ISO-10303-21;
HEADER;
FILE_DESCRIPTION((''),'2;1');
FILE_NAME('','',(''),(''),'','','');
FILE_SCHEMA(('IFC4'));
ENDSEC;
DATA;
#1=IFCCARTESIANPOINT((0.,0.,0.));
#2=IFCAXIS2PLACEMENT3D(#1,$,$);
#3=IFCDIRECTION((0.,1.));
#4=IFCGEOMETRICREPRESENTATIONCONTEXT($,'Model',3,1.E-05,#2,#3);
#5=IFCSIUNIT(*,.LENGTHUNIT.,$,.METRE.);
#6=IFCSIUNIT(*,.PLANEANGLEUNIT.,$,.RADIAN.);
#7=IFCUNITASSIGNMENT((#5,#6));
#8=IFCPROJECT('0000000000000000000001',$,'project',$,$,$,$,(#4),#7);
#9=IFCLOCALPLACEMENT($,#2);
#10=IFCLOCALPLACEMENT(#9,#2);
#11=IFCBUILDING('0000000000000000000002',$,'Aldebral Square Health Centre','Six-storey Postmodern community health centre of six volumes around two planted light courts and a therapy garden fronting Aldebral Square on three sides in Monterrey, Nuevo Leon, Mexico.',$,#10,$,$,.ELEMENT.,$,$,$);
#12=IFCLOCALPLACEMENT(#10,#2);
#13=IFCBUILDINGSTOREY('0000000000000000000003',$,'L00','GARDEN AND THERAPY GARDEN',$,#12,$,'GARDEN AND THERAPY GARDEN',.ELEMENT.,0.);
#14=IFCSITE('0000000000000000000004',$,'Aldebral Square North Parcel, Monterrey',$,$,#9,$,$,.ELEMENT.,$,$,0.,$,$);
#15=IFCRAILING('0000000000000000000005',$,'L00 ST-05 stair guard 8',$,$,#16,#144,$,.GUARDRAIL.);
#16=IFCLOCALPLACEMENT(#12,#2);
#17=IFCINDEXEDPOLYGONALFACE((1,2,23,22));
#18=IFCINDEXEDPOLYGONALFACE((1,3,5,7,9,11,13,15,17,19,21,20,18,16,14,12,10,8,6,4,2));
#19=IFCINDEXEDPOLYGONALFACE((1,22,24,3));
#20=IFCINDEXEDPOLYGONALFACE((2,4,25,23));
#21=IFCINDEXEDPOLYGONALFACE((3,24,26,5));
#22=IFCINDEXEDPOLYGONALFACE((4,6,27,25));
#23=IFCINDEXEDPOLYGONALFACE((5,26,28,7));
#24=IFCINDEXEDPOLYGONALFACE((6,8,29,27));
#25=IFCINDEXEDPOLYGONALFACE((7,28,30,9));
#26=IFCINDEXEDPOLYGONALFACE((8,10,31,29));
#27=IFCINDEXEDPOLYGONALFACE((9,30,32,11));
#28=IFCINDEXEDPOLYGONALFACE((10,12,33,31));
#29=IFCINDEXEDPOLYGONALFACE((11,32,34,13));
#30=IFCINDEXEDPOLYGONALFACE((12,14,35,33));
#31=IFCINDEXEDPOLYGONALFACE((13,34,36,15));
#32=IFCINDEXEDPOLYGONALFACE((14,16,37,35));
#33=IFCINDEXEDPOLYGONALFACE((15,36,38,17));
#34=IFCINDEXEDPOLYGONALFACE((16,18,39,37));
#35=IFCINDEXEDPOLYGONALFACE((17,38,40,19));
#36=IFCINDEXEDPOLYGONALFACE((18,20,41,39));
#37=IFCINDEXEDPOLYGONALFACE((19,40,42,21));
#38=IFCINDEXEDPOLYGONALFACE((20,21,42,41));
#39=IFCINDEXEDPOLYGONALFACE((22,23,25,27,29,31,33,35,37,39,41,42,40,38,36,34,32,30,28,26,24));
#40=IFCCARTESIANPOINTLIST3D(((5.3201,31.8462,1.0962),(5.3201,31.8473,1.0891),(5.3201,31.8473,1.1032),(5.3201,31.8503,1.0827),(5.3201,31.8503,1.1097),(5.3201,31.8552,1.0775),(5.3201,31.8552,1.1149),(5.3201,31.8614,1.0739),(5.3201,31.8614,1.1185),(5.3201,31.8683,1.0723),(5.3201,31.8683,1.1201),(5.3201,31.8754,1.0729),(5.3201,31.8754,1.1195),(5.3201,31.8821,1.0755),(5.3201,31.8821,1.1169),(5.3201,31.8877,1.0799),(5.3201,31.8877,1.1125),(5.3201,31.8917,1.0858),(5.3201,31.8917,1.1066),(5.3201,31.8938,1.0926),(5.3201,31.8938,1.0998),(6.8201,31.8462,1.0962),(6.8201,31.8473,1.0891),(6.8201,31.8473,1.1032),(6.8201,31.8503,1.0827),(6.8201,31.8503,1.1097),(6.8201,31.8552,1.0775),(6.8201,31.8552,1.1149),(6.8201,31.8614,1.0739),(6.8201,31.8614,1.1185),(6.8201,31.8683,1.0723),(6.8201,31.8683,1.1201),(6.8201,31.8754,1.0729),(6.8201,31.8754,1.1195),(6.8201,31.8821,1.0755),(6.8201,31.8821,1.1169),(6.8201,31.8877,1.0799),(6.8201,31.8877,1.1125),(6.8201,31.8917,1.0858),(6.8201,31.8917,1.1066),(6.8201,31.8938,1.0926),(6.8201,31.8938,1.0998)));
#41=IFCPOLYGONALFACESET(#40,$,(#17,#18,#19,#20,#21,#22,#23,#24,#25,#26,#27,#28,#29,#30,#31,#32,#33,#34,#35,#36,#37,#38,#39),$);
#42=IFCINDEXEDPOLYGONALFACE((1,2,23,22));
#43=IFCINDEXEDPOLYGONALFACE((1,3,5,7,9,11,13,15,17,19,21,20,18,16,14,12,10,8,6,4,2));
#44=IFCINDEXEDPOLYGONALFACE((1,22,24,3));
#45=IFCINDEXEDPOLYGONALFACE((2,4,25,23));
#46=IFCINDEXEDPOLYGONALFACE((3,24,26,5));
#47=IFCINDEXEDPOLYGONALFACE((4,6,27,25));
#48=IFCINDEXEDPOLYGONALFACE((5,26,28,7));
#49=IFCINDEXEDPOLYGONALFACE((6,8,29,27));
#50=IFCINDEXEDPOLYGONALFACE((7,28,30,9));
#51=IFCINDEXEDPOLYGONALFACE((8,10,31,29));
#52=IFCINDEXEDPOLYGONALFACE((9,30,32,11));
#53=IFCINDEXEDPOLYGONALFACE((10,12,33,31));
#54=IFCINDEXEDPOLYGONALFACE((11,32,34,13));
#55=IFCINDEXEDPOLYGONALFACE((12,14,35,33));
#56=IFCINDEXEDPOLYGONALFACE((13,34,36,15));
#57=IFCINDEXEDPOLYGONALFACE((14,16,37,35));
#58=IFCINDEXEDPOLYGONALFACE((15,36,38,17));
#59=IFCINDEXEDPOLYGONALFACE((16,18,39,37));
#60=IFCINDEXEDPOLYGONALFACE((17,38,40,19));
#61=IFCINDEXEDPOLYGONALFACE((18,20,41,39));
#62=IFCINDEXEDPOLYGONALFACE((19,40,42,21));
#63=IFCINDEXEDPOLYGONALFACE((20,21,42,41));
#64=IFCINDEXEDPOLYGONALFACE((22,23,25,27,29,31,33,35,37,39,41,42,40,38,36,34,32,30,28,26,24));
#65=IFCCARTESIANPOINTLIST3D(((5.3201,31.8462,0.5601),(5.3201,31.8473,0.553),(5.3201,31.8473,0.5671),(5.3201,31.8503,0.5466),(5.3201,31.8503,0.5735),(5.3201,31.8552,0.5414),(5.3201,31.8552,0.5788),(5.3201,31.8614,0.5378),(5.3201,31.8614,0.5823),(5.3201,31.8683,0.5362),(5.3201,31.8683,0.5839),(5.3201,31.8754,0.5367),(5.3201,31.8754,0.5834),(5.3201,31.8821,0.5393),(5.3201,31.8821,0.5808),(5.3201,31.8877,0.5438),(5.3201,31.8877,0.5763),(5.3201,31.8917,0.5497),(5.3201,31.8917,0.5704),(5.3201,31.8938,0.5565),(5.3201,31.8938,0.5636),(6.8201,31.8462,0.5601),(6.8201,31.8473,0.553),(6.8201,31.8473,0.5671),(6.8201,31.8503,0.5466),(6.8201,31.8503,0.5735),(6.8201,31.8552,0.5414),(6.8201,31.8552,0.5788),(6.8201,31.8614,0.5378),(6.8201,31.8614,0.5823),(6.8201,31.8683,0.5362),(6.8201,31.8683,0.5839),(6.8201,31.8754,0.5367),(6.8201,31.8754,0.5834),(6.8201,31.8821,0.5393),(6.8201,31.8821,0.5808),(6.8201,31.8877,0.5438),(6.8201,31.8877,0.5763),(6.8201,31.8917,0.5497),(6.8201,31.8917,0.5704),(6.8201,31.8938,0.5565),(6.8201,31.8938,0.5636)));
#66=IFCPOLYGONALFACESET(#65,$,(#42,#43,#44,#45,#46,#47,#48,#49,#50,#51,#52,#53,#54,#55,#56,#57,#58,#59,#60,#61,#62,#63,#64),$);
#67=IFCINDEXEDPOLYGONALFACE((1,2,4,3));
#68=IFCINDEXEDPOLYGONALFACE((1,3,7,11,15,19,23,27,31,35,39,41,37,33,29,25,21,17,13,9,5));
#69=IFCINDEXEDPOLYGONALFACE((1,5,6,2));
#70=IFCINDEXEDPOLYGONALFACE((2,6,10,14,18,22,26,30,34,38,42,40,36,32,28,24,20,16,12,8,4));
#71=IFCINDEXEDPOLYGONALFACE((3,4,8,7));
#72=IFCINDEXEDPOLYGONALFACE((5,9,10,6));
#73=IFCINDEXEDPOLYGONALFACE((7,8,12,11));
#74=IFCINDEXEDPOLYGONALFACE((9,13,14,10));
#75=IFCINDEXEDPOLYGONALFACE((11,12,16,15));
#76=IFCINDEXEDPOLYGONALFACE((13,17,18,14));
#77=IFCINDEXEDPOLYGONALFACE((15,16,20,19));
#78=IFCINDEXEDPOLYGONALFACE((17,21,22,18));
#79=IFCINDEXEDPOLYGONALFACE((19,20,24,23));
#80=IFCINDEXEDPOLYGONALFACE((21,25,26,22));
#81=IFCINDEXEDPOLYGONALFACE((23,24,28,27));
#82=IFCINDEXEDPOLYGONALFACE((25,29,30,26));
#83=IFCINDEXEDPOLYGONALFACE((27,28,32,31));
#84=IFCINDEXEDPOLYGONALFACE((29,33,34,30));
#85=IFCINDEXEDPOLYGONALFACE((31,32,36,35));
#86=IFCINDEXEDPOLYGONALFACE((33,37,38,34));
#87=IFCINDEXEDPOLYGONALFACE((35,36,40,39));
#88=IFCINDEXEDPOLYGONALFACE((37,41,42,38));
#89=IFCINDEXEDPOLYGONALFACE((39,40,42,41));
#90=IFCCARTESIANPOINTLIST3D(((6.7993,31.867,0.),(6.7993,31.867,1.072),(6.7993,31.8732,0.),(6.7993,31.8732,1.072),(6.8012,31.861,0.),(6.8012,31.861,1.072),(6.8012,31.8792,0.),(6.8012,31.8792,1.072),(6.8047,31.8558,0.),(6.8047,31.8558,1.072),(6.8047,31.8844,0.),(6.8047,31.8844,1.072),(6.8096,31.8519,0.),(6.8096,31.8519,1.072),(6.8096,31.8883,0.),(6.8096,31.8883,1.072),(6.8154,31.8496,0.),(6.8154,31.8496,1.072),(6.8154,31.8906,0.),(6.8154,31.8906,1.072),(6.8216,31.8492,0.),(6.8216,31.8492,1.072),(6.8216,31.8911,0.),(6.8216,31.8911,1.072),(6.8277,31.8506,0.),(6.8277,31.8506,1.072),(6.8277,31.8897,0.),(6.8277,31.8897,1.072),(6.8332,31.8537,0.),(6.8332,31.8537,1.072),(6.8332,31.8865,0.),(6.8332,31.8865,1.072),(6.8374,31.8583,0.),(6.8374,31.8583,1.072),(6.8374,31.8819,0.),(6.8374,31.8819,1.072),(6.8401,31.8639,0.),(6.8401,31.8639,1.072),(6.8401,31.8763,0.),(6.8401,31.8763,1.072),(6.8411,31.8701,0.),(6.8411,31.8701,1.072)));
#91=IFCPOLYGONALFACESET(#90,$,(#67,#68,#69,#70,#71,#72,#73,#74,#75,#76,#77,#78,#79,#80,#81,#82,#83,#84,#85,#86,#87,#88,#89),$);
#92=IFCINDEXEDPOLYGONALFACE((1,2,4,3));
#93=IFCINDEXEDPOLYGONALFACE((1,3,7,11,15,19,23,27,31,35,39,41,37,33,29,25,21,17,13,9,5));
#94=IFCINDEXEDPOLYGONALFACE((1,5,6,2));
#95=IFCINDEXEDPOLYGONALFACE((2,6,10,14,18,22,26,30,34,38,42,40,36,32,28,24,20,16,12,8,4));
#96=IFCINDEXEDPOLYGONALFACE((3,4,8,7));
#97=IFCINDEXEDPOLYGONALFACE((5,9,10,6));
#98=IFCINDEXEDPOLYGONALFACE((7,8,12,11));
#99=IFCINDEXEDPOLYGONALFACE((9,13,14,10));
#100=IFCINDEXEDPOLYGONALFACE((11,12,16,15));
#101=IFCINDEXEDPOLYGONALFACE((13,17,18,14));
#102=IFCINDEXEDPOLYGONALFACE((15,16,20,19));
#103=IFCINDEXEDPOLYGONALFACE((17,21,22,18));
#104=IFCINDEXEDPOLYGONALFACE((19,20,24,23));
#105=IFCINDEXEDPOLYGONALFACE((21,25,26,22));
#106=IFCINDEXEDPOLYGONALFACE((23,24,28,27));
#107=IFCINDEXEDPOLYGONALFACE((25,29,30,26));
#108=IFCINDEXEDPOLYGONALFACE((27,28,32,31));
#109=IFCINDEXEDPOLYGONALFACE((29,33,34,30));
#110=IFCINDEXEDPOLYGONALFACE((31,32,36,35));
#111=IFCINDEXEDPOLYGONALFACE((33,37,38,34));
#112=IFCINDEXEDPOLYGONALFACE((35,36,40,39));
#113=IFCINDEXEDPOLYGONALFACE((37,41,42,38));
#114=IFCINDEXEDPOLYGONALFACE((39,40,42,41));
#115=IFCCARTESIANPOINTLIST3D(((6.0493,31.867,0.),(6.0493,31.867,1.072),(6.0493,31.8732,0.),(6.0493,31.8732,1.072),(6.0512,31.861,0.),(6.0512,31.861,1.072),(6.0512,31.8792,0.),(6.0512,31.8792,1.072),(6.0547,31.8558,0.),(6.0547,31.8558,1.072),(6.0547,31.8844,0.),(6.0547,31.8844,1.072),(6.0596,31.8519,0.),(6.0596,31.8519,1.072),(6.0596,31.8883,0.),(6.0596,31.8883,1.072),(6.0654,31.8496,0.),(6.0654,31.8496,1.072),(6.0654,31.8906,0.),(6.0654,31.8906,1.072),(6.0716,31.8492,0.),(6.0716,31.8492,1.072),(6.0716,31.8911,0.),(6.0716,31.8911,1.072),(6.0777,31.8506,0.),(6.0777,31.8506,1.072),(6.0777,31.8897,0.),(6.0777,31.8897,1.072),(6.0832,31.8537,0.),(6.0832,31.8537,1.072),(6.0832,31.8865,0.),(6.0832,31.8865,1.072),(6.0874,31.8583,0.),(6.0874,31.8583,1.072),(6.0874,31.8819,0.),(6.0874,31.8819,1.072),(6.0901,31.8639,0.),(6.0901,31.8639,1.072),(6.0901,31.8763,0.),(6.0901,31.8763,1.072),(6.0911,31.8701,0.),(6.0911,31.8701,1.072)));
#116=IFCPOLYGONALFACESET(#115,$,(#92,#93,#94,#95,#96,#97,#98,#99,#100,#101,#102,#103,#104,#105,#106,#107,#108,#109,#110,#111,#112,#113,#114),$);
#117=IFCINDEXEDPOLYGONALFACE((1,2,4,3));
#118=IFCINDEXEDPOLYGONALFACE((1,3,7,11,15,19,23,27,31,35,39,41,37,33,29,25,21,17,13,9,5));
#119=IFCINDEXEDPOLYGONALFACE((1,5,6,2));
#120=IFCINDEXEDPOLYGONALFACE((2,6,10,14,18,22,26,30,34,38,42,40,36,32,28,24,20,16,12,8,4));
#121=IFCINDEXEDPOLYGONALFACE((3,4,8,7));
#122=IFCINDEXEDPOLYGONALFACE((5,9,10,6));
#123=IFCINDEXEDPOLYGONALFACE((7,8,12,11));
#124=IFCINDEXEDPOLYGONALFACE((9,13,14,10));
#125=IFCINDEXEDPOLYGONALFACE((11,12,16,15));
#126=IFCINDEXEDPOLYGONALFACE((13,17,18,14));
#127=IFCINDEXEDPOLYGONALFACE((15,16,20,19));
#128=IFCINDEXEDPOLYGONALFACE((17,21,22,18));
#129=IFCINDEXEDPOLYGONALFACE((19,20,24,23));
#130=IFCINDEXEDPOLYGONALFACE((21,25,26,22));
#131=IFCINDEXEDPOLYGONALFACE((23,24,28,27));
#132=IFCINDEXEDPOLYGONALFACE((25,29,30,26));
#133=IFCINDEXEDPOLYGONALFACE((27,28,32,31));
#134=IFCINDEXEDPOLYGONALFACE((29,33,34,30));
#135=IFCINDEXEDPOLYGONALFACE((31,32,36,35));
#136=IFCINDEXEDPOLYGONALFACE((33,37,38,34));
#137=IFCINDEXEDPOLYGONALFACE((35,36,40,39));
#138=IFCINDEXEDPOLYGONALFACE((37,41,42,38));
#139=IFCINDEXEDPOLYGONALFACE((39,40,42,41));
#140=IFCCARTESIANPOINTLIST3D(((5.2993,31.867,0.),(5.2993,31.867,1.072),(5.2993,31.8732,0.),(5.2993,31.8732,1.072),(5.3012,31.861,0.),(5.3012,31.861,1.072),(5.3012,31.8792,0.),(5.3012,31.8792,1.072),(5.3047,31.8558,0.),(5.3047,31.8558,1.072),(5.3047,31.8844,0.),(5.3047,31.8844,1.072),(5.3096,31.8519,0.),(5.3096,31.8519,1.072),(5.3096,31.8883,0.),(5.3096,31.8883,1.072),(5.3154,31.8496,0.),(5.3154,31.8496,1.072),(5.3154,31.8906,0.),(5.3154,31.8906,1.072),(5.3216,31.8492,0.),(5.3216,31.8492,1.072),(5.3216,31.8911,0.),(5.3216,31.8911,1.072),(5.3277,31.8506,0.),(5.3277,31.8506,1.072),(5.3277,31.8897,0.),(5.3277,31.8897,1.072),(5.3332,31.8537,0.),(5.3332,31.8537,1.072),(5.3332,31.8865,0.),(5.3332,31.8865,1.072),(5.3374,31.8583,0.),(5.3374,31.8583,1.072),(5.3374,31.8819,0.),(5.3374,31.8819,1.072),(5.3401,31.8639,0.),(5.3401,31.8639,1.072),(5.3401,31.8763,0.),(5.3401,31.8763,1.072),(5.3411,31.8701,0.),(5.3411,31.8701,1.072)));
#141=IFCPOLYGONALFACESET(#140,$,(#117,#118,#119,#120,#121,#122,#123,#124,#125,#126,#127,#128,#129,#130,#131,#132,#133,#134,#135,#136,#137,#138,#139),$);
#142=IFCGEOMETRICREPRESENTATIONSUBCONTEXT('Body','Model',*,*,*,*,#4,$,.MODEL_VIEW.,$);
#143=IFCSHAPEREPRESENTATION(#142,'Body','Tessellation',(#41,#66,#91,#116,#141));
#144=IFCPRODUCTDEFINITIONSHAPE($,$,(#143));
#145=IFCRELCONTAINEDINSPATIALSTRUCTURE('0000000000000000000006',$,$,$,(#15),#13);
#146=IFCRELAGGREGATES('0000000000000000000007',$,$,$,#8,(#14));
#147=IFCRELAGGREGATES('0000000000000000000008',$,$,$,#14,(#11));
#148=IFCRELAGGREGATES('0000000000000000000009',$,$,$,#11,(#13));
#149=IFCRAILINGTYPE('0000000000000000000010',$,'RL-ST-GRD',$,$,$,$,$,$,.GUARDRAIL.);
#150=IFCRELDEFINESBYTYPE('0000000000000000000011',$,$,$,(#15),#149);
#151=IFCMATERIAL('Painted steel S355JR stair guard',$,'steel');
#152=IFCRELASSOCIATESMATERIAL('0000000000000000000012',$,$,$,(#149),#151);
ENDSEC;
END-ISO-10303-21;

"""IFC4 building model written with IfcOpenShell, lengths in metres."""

from ifc_helpers import new_model, si_unit, direction, frame, origin, origin_2d, place, context, subcontext, project, spatial, circle, extrude, material, type_object, element, save


model = new_model("IFC4")

# Units and contexts
model_context = context("Model", 3, precision=1e-05, world=origin(), true_north=direction((0.0, 1.0)))
body_context = subcontext(model_context, "Body", "Model", "MODEL_VIEW")
ifc_project = project(units=[si_unit("LENGTHUNIT", "METRE"), si_unit("PLANEANGLEUNIT", "RADIAN")], contexts=[model_context])

# Site, building, storey
site_placement = place(None, origin())
site = spatial("IfcSite", under=ifc_project, at=site_placement, Name="Aldebral Square North Parcel, Monterrey", CompositionType="ELEMENT", RefElevation=0.0)
building_placement = place(site_placement, origin())
building = spatial("IfcBuilding", under=site, at=building_placement, Name="Aldebral Square Health Centre", Description="Six-storey Postmodern community health centre of six volumes around two planted light courts and a therapy garden fronting Aldebral Square on three sides in Monterrey, Nuevo Leon, Mexico.", CompositionType="ELEMENT")
storey_placement = place(building_placement, origin())
storey = spatial("IfcBuildingStorey", under=building, at=storey_placement, Name="L00", Description="GARDEN AND THERAPY GARDEN", LongName="GARDEN AND THERAPY GARDEN", CompositionType="ELEMENT", Elevation=0.0)

# Railing
ifc_material_1 = material(Name="Painted steel S355JR stair guard", Category="steel")
railing_type_1 = type_object("IfcRailingType", Name="RL-ST-GRD", PredefinedType="GUARDRAIL", material=ifc_material_1)
for number, where, name in (
    (1, (6.8201, 31.8701, 0.0), "L00 ST-05 stair guard 8"),
):
    element("IfcRailing", number, at=place(storey_placement, frame(where)), inside=storey, type_object=railing_type_1, Name=name, PredefinedType="GUARDRAIL", context=body_context, shape_type="SweptSolid", body=[
        extrude(circle(Radius=0.0239, at=origin_2d()), frame((0.0, 0.0, 1.0962), z_axis=(-1.0, 0.0, 0.0), x_axis=(0.0, -1.0, 0.0)), (0.0, 0.0, 1.0), 1.5),
        extrude(circle(Radius=0.0239, at=origin_2d()), frame((0.0, 0.0, 0.5601), z_axis=(-1.0, 0.0, 0.0), x_axis=(0.0, -1.0, 0.0)), (0.0, 0.0, 1.0), 1.5),
        extrude(circle(Radius=0.021, at=origin_2d()), origin(), (0.0, 0.0, 1.0), 1.072),
        extrude(circle(Radius=0.021, at=origin_2d()), frame((-0.75, 0.0, 0.0)), (0.0, 0.0, 1.0), 1.072),
        extrude(circle(Radius=0.021, at=origin_2d()), frame((-1.5, 0.0, 0.0)), (0.0, 0.0, 1.0), 1.072),
    ])

save(model, "model.ifc")
